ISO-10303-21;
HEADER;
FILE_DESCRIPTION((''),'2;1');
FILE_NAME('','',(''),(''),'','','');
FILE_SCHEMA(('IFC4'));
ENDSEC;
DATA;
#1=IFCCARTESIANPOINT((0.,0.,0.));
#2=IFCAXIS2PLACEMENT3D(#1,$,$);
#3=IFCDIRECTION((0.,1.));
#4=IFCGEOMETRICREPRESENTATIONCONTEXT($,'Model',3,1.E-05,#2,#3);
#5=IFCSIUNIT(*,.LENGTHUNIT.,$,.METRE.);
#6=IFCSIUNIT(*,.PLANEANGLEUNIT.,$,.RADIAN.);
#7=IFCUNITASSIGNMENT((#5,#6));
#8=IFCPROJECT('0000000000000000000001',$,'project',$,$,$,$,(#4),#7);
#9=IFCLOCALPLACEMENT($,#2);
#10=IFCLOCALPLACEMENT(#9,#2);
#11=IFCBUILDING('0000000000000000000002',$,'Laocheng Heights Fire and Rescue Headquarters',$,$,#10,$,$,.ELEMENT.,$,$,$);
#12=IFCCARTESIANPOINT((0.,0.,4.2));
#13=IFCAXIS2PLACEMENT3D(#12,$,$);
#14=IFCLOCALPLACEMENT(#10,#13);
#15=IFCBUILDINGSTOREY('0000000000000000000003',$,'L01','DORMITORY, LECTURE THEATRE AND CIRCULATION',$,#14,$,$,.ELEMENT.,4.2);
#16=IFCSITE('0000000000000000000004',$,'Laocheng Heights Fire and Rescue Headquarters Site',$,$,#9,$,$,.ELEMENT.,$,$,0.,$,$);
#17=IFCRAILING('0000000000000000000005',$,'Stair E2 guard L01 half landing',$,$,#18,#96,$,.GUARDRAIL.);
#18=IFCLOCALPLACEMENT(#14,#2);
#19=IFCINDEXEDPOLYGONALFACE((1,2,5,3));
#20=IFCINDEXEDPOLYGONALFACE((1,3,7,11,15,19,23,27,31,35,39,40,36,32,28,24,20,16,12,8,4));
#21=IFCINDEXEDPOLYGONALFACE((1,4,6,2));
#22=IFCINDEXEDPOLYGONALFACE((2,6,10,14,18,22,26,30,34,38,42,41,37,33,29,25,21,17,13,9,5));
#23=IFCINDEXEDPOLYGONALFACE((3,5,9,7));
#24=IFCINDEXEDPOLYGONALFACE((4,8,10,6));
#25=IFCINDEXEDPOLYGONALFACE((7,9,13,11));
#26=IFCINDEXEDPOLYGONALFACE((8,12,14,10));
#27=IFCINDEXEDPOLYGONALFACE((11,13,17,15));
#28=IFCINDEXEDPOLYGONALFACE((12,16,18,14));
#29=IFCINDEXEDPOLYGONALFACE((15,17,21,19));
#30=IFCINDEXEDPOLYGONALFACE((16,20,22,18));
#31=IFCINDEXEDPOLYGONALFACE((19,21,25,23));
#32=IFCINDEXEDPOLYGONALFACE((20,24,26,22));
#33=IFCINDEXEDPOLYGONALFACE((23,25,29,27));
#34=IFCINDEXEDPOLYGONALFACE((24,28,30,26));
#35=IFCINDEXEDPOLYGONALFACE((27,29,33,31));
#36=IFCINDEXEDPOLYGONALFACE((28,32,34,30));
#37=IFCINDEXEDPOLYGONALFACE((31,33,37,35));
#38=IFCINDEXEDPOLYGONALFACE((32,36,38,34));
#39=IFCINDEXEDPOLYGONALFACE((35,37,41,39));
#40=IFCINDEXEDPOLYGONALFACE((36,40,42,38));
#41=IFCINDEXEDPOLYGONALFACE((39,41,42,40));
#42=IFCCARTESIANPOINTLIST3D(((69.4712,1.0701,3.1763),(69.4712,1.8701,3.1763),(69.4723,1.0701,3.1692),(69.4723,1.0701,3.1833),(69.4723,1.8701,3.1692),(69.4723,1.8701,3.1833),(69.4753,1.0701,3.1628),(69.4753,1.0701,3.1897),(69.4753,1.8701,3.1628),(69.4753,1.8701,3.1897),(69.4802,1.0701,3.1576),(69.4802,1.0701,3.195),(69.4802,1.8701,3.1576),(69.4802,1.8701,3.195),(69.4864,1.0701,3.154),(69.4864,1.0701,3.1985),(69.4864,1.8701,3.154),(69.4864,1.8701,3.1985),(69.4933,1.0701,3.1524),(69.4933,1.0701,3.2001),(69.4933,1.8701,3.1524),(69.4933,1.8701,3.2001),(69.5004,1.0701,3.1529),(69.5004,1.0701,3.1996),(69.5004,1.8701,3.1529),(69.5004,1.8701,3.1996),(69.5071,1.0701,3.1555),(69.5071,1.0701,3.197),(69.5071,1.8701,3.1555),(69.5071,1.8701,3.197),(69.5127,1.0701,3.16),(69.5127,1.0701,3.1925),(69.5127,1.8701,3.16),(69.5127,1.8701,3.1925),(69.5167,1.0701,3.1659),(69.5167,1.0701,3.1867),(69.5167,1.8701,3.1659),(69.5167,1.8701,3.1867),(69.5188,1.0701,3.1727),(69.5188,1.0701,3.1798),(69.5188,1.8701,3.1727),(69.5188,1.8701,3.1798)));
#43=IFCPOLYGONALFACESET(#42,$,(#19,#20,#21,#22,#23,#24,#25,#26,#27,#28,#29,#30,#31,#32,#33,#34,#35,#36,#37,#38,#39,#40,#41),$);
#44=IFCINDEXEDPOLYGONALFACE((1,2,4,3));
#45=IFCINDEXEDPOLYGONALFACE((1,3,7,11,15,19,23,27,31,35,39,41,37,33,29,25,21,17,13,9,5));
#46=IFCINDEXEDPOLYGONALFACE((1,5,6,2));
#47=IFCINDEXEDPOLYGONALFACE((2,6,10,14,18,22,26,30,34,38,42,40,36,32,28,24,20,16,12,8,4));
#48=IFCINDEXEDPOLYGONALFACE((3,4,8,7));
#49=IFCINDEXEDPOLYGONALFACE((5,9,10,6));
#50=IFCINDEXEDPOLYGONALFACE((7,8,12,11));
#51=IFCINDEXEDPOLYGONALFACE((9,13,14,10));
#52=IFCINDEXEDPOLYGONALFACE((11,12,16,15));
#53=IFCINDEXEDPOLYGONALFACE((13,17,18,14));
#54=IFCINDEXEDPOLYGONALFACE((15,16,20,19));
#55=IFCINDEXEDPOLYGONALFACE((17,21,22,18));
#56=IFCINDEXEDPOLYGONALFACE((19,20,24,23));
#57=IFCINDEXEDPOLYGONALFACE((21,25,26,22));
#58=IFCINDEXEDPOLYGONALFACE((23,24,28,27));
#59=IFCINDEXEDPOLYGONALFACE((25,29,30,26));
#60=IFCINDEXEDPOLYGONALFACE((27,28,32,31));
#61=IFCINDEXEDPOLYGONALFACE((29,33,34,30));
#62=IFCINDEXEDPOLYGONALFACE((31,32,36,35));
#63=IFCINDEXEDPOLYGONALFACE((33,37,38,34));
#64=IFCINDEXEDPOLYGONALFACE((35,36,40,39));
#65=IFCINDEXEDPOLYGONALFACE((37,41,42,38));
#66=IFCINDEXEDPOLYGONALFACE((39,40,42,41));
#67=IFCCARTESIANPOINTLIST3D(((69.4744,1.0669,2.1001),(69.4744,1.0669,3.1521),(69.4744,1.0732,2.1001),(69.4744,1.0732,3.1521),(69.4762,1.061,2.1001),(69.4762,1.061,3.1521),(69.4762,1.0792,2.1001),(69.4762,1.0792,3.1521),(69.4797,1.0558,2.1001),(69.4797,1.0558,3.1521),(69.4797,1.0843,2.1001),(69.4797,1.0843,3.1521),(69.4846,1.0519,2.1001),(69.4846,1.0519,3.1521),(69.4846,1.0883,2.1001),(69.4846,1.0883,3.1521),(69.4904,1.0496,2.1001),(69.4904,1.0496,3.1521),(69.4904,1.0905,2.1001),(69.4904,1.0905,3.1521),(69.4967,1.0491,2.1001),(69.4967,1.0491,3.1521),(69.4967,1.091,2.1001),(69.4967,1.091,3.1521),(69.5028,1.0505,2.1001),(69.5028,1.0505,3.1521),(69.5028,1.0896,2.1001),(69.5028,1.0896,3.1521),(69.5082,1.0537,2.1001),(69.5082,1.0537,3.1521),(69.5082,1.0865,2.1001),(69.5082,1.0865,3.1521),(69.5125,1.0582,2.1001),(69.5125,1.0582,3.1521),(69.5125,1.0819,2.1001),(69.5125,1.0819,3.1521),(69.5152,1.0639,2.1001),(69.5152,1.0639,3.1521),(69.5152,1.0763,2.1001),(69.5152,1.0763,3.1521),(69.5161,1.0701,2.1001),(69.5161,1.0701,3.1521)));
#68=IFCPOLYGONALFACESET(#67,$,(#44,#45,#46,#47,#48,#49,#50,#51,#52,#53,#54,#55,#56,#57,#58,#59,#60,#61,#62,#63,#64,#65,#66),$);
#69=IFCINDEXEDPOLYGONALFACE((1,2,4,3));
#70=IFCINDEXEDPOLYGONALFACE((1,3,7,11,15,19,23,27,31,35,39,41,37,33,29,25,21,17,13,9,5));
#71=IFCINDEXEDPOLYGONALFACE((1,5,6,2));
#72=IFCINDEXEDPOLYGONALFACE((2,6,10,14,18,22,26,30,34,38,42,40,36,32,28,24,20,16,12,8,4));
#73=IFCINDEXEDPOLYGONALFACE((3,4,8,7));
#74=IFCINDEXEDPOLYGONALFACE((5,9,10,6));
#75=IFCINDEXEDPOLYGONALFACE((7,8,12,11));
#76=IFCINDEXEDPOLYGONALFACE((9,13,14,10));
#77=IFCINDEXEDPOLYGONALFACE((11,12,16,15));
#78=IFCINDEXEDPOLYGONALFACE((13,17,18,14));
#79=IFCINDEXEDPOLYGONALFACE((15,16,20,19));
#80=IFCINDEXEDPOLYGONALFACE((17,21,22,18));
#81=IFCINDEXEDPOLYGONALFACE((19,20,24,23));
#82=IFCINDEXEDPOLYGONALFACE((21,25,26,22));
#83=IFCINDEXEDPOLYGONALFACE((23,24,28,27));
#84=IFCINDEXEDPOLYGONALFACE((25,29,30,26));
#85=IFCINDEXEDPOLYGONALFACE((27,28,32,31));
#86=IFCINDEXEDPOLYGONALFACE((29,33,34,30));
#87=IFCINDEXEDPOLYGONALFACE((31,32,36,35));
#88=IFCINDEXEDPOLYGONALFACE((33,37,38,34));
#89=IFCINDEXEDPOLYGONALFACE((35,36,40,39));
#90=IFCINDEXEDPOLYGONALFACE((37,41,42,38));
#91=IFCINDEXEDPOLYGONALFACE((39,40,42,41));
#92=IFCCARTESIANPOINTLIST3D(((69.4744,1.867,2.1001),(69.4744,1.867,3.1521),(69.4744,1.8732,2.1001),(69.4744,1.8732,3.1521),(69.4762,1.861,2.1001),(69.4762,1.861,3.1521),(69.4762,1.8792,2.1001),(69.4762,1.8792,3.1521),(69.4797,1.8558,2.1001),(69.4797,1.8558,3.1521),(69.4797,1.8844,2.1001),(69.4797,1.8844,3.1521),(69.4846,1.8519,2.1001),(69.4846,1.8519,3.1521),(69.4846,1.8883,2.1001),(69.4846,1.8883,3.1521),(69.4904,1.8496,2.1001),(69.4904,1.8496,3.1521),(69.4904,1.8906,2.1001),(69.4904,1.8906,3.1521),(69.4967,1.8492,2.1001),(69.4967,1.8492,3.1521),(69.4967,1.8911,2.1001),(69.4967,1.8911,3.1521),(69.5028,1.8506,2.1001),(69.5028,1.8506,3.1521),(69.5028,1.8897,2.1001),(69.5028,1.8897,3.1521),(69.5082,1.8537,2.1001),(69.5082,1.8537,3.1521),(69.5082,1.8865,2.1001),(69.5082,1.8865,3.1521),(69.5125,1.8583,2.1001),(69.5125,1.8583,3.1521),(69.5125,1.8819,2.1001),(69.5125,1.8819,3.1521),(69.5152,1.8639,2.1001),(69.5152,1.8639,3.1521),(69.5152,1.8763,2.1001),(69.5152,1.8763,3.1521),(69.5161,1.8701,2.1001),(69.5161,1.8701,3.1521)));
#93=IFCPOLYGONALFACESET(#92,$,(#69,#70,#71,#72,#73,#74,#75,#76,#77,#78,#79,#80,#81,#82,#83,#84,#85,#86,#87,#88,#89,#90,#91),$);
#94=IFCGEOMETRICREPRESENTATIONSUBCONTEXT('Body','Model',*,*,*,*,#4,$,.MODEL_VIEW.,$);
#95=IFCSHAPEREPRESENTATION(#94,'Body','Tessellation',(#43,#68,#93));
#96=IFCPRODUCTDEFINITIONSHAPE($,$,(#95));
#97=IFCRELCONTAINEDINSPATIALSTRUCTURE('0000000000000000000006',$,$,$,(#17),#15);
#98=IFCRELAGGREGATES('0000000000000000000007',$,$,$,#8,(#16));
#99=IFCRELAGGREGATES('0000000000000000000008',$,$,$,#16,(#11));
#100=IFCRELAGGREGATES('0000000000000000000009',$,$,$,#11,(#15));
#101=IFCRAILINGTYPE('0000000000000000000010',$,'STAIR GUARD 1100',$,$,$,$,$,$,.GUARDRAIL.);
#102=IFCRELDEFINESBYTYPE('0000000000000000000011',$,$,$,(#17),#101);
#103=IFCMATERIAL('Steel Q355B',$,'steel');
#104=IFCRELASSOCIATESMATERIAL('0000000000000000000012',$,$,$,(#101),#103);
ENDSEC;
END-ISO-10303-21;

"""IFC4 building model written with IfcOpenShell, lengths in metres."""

from ifc_helpers import new_model, si_unit, direction, frame, origin, origin_2d, place, context, subcontext, project, spatial, circle, extrude, material, type_object, element, save


model = new_model("IFC4")

# Units and contexts
model_context = context("Model", 3, precision=1e-05, world=origin(), true_north=direction((0.0, 1.0)))
body_context = subcontext(model_context, "Body", "Model", "MODEL_VIEW")
ifc_project = project(units=[si_unit("LENGTHUNIT", "METRE"), si_unit("PLANEANGLEUNIT", "RADIAN")], contexts=[model_context])

# Site, building, storey
site_placement = place(None, origin())
site = spatial("IfcSite", under=ifc_project, at=site_placement, Name="Laocheng Heights Fire and Rescue Headquarters Site", CompositionType="ELEMENT", RefElevation=0.0)
building_placement = place(site_placement, origin())
building = spatial("IfcBuilding", under=site, at=building_placement, Name="Laocheng Heights Fire and Rescue Headquarters", CompositionType="ELEMENT")
storey_placement = place(building_placement, frame((0.0, 0.0, 4.2)))
storey = spatial("IfcBuildingStorey", under=building, at=storey_placement, Name="L01", Description="DORMITORY, LECTURE THEATRE AND CIRCULATION", CompositionType="ELEMENT", Elevation=4.2)

# Railing
ifc_material_1 = material(Name="Steel Q355B", Category="steel")
railing_type_1 = type_object("IfcRailingType", Name="STAIR GUARD 1100", PredefinedType="GUARDRAIL", material=ifc_material_1)
railing_1_placement = place(storey_placement, frame((69.4951, 1.0701, 2.1001)))
element("IfcRailing", 1, at=railing_1_placement, inside=storey, type_object=railing_type_1, Name="Stair E2 guard L01 half landing", PredefinedType="GUARDRAIL", context=body_context, shape_type="SweptSolid", body=[
    extrude(circle(Radius=0.0239, at=origin_2d()), frame((0.0, 0.0, 1.0762), z_axis=(0.0, 1.0, 0.0), x_axis=(-1.0, 0.0, 0.0)), (0.0, 0.0, 1.0), 0.8),
    extrude(circle(Radius=0.021, at=origin_2d()), origin(), (0.0, 0.0, 1.0), 1.052),
    extrude(circle(Radius=0.021, at=origin_2d()), frame((0.0, 0.8, 0.0)), (0.0, 0.0, 1.0), 1.052),
])

save(model, "model.ifc")
